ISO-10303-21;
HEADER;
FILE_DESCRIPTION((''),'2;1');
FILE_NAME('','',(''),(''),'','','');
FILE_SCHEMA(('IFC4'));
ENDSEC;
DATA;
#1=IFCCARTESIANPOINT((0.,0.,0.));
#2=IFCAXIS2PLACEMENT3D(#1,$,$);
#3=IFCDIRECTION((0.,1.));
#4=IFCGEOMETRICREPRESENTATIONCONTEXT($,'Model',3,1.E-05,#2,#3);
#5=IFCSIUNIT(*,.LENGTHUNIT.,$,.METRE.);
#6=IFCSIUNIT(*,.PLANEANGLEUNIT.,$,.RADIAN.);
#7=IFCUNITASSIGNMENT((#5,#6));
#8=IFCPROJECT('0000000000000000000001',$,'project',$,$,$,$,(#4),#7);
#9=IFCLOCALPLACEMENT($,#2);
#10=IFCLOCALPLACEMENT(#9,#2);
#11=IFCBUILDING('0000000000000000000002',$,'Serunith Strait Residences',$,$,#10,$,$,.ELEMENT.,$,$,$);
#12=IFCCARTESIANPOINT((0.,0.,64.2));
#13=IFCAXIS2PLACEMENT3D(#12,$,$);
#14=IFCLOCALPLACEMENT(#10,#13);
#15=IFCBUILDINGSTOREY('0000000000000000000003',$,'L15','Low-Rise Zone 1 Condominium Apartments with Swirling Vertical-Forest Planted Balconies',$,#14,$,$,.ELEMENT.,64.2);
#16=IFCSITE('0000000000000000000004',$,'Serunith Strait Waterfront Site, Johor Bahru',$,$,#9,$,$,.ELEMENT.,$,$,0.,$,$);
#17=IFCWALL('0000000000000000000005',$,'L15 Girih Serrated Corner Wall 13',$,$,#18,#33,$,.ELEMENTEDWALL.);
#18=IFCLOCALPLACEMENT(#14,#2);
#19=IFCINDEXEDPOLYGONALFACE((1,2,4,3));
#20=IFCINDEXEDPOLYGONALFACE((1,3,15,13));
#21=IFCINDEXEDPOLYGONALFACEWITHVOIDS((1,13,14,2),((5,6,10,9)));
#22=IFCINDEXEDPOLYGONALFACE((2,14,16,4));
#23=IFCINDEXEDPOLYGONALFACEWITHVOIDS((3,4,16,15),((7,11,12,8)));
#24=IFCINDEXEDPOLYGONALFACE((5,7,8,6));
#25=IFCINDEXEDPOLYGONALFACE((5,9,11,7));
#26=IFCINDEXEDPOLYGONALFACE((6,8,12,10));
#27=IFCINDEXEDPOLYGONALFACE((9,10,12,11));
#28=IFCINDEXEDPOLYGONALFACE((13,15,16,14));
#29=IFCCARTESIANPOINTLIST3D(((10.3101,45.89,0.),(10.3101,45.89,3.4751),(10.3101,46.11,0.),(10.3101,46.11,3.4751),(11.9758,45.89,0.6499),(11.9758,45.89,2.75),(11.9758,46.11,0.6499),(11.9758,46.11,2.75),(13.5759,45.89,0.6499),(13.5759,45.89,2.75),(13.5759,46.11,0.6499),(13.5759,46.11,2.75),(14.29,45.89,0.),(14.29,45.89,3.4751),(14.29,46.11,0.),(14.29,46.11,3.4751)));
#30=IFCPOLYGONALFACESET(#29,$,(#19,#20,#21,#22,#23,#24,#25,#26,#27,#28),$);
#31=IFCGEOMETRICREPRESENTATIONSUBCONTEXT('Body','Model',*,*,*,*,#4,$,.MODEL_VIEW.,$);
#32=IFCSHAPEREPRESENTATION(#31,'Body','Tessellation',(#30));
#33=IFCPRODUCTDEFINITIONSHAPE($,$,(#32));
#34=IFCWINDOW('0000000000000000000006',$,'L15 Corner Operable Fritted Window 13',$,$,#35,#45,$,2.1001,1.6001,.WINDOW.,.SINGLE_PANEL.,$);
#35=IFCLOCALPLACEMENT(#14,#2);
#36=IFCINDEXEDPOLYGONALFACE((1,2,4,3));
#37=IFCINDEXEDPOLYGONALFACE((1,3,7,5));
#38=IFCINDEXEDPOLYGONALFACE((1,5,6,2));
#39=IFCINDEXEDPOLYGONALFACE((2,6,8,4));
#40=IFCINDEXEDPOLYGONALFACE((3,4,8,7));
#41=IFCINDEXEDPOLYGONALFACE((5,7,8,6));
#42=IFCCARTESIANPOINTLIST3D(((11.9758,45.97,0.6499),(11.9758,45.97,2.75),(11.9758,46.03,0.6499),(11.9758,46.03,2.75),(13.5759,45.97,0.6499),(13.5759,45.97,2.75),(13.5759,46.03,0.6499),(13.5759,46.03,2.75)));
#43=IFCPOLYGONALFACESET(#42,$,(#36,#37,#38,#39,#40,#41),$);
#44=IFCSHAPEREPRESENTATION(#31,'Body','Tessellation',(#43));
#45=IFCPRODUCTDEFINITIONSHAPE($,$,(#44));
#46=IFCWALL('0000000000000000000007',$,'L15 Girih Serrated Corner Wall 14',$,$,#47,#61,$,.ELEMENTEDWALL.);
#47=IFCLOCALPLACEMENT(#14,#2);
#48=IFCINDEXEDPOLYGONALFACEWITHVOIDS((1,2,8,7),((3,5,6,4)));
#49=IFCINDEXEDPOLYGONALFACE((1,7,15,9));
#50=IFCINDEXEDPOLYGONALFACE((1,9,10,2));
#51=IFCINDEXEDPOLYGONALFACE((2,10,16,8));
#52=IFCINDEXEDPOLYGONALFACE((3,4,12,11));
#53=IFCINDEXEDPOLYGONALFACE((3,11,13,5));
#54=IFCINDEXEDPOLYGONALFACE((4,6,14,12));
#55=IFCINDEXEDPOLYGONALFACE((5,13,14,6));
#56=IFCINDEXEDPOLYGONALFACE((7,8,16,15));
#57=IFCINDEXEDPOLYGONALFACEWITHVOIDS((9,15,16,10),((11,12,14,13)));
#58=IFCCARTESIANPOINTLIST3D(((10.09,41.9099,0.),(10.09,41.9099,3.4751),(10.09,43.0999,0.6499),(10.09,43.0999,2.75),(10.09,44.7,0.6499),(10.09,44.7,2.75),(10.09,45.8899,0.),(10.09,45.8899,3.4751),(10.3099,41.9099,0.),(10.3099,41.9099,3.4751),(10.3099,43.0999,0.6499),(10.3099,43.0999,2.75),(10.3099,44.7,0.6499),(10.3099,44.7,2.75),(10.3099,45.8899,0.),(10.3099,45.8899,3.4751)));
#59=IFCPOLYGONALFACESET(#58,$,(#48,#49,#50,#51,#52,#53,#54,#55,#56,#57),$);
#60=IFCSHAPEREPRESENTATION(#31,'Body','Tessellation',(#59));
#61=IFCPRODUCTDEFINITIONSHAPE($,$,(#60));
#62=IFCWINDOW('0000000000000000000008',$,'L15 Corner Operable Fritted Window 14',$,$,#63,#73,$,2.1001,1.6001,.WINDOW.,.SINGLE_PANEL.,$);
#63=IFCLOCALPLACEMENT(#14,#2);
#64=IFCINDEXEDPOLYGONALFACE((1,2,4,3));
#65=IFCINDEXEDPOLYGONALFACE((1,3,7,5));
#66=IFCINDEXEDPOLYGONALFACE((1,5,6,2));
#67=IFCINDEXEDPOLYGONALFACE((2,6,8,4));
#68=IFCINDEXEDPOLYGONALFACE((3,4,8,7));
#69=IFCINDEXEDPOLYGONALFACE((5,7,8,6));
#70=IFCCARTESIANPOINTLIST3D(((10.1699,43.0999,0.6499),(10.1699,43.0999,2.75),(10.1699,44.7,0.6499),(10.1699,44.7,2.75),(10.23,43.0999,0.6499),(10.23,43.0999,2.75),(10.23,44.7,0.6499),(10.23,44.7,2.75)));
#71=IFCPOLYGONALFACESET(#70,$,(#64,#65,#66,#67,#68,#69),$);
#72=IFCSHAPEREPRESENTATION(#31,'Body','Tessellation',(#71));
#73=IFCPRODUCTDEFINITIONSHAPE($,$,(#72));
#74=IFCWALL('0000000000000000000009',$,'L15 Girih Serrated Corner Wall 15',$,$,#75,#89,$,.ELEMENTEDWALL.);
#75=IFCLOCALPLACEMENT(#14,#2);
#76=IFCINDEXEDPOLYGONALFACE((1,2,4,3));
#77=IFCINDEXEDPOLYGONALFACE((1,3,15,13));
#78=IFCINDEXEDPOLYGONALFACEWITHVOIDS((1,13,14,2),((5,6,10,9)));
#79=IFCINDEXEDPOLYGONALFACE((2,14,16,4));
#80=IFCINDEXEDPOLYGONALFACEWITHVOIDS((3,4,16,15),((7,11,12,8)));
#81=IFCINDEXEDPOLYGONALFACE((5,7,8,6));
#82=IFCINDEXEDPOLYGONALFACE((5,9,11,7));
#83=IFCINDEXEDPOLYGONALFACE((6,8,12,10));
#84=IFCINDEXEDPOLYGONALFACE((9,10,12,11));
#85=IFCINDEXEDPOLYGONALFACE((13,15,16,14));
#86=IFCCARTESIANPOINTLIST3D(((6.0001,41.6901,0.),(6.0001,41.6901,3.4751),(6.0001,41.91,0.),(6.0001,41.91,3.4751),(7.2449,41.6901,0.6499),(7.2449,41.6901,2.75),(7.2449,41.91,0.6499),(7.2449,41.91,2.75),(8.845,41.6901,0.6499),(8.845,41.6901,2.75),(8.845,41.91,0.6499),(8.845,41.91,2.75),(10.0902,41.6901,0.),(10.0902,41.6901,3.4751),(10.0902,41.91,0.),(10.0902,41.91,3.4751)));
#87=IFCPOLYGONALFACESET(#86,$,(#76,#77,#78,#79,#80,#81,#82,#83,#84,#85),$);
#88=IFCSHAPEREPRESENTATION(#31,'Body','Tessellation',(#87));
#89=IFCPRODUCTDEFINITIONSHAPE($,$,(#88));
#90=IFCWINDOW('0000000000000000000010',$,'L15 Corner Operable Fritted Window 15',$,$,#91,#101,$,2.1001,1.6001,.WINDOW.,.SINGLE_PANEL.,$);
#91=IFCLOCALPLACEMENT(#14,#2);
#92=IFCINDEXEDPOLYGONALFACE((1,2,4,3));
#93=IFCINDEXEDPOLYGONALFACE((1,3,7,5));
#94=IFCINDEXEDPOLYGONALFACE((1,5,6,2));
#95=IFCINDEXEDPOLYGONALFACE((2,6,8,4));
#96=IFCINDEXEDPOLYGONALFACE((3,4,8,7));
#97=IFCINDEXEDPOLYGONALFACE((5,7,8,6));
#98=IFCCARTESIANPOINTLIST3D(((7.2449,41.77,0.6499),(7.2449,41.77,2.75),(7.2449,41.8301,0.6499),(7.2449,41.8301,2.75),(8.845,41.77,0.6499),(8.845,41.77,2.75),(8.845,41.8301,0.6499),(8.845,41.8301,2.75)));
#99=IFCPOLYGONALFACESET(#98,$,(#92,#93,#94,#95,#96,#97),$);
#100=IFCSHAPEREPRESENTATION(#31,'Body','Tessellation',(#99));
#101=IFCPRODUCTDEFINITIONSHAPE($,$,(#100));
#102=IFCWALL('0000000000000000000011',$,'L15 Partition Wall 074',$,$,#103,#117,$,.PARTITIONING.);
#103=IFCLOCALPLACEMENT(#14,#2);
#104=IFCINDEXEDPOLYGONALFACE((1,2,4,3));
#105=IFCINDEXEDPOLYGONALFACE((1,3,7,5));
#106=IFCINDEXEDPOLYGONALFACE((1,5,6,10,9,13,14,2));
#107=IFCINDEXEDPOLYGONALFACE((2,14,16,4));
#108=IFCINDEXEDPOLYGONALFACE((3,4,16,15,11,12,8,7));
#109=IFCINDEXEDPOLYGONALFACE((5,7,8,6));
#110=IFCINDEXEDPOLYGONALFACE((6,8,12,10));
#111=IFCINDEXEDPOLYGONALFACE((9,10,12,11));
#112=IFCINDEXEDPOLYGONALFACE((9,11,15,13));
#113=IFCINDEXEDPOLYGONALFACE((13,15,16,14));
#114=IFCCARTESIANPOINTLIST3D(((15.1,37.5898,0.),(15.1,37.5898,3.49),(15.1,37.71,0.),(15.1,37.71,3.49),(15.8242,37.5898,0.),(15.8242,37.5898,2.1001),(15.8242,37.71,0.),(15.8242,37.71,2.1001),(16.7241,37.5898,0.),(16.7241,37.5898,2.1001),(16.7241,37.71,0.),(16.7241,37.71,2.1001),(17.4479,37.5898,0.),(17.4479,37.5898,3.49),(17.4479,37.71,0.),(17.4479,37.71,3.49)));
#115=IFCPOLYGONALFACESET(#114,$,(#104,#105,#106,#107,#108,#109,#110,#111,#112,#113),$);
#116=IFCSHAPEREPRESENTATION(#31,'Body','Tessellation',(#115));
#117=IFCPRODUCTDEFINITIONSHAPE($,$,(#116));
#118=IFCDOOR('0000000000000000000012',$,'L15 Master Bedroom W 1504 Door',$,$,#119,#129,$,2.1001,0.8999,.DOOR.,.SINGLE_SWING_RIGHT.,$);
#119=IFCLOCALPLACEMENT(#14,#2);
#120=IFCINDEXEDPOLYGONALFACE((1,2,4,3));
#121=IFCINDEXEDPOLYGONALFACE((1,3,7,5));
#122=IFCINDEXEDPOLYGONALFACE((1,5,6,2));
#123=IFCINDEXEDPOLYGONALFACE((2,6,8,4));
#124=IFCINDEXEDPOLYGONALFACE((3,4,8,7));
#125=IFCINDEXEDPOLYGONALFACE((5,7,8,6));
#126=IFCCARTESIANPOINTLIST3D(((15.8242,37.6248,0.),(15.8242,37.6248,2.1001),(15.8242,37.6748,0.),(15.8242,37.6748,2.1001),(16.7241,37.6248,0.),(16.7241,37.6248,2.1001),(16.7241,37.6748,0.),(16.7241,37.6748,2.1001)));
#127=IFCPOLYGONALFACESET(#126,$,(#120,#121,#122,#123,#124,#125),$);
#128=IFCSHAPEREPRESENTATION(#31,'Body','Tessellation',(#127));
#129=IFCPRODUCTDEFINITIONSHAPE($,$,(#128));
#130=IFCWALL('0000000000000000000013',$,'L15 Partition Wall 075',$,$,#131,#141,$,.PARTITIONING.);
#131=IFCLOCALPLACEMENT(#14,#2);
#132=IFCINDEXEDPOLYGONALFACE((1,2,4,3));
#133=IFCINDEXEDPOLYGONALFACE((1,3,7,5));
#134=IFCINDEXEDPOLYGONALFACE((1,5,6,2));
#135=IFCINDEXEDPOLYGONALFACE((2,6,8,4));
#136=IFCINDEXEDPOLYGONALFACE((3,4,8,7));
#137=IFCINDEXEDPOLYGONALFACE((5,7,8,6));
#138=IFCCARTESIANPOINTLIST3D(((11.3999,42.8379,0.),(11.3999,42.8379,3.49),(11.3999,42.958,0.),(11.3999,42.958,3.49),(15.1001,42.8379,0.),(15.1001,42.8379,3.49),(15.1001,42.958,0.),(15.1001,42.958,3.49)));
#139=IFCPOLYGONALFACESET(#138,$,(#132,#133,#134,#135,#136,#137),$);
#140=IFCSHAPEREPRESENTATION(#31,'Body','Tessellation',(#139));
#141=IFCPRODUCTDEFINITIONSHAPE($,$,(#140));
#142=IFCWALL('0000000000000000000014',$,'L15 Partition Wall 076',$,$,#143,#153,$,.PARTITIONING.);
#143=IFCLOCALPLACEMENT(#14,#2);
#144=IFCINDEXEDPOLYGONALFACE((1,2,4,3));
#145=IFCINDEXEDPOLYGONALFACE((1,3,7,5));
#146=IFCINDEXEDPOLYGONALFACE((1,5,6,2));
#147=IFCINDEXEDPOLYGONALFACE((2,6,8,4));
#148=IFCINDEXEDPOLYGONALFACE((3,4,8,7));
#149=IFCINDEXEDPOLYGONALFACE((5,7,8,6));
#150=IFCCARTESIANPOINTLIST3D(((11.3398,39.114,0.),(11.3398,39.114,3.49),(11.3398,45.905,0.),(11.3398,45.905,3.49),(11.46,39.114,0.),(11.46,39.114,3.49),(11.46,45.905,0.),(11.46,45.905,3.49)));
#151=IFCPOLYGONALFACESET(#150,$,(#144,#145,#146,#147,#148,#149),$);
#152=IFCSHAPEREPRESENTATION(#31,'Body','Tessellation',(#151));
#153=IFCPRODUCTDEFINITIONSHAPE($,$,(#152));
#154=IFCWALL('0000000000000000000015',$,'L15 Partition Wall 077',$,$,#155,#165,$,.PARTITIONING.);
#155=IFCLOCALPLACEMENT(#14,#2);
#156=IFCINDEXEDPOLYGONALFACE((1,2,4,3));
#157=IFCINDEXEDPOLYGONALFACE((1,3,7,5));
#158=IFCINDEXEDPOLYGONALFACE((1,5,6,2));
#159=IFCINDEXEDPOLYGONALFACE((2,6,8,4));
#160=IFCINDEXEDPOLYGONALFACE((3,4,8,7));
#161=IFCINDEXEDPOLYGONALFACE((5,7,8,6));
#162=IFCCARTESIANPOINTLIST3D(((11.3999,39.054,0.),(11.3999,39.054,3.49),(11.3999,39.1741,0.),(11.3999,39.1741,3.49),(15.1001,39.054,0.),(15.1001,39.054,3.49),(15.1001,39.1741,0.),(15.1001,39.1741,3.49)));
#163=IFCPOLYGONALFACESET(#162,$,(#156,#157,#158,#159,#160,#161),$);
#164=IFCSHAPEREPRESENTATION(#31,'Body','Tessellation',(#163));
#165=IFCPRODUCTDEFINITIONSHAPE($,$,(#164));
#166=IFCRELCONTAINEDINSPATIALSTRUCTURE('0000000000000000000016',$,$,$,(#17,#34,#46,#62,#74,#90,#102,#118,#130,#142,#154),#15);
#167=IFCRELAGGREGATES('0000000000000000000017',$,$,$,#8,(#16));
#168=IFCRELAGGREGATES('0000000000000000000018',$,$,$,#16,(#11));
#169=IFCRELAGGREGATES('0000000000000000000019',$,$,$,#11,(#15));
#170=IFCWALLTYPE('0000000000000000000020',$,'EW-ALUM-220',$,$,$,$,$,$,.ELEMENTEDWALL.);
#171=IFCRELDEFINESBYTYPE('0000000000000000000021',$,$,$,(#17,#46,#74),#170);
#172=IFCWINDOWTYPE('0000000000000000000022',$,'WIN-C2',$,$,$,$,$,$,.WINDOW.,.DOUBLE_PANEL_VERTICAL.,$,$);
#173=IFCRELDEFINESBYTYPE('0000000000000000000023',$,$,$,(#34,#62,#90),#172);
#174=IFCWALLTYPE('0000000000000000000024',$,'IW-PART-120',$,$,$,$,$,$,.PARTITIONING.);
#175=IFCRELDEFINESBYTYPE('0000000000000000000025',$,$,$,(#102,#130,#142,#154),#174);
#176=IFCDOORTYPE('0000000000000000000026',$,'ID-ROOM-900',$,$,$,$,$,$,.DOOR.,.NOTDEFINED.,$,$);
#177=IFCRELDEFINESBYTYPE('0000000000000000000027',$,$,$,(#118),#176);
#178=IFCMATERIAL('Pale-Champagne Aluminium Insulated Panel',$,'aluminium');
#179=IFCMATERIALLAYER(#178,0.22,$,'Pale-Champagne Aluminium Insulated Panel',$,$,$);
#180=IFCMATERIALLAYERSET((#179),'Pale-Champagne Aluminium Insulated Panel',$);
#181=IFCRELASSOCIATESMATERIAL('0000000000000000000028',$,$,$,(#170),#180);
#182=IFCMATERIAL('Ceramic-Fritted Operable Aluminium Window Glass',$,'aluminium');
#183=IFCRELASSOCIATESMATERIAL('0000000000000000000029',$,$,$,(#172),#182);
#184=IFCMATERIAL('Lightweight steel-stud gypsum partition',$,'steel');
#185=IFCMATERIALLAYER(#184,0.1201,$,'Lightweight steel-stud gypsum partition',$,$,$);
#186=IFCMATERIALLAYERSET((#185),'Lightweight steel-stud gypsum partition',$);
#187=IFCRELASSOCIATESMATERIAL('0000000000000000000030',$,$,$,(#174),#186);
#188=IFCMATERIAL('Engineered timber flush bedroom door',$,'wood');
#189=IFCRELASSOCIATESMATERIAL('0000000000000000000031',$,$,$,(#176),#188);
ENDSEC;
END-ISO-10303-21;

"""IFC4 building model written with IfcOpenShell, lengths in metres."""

from ifc_helpers import new_model, si_unit, direction, frame, frame_2d, origin, place, context, subcontext, project, spatial, rectangle, extrude, source, transform, mapped, material, layer, layer_set, type_object, element, fill, save


model = new_model("IFC4")

# Units and contexts
model_context = context("Model", 3, precision=1e-05, world=origin(), true_north=direction((0.0, 1.0)))
body_context = subcontext(model_context, "Body", "Model", "MODEL_VIEW")
ifc_project = project(units=[si_unit("LENGTHUNIT", "METRE"), si_unit("PLANEANGLEUNIT", "RADIAN")], contexts=[model_context])

# Site, building, storey
site_placement = place(None, origin())
site = spatial("IfcSite", under=ifc_project, at=site_placement, Name="Serunith Strait Waterfront Site, Johor Bahru", CompositionType="ELEMENT", RefElevation=0.0)
building_placement = place(site_placement, origin())
building = spatial("IfcBuilding", under=site, at=building_placement, Name="Serunith Strait Residences", CompositionType="ELEMENT")
storey_placement = place(building_placement, frame((0.0, 0.0, 64.2)))
storey = spatial("IfcBuildingStorey", under=building, at=storey_placement, Name="L15", Description="Low-Rise Zone 1 Condominium Apartments with Swirling Vertical-Forest Planted Balconies", CompositionType="ELEMENT", Elevation=64.2)

# Walls, openings, windows
ifc_material_1 = material(Name="Pale-Champagne Aluminium Insulated Panel", Category="aluminium")
ifc_layer_1 = layer(ifc_material_1, 0.22, Name="Pale-Champagne Aluminium Insulated Panel")
ifc_layer_set_1 = layer_set([ifc_layer_1], Name="Pale-Champagne Aluminium Insulated Panel")
wall_type_1 = type_object("IfcWallType", Name="EW-ALUM-220", PredefinedType="ELEMENTEDWALL", material=ifc_layer_set_1)
ifc_material_2 = material(Name="Ceramic-Fritted Operable Aluminium Window Glass", Category="aluminium")
window_type = type_object("IfcWindowType", Name="WIN-C2", PartitioningType="DOUBLE_PANEL_VERTICAL", PredefinedType="WINDOW", material=ifc_material_2)
shared_shape_1 = source(origin(), body_context, "Body", "SweptSolid", [
    extrude(rectangle(XDim=1.6001, YDim=2.1001, at=frame_2d((0.8, 1.05))), frame((0.0, 0.03, 0.0), z_axis=(0.0, -1.0, 0.0), x_axis=(1.0, 0.0, 0.0)), (0.0, 0.0, 1.0), 0.0601),
])
wall_1_placement = place(storey_placement, frame((14.29, 46.0, 0.0), z_axis=(0.0, 0.0, 1.0), x_axis=(-1.0, 0.0, 0.0)))
wall_1 = element("IfcWall", 1, at=wall_1_placement, inside=storey, type_object=wall_type_1, Name="L15 Girih Serrated Corner Wall 13", PredefinedType="ELEMENTEDWALL", context=body_context, shape_type="SweptSolid", body=[
    extrude(rectangle(XDim=3.98, YDim=0.22, at=frame_2d((1.99, 0.0))), origin(), (0.0, 0.0, 1.0), 3.4751),
])
opening_1_placement = place(wall_1_placement, frame((0.7141, 0.0, 0.6499)))
opening_1 = element("IfcOpeningElement", 2, at=opening_1_placement, cuts=wall_1, PredefinedType="OPENING", context=body_context, shape_type="SweptSolid", body=[
    extrude(rectangle(XDim=1.6001, YDim=2.1001, at=frame_2d((0.8, 1.05))), frame((0.0, 0.1201, 0.0), z_axis=(0.0, -1.0, 0.0), x_axis=(1.0, 0.0, 0.0)), (0.0, 0.0, 1.0), 0.24),
])
window_1_placement = place(opening_1_placement, origin())
window_1 = element("IfcWindow", 3, at=window_1_placement, inside=storey, type_object=window_type, Name="L15 Corner Operable Fritted Window 13", OverallHeight=2.1001, OverallWidth=1.6001, PartitioningType="SINGLE_PANEL", PredefinedType="WINDOW", context=body_context, shape_type="MappedRepresentation", body=[
    mapped(shared_shape_1, transform((0.0, 0.0, 0.0), scale=1.0)),
])
fill(opening_1, window_1)
wall_2_placement = place(storey_placement, frame((10.2, 45.8899, 0.0), z_axis=(0.0, 0.0, 1.0), x_axis=(0.0, -1.0, 0.0)))
wall_2 = element("IfcWall", 4, at=wall_2_placement, inside=storey, type_object=wall_type_1, Name="L15 Girih Serrated Corner Wall 14", PredefinedType="ELEMENTEDWALL", context=body_context, shape_type="SweptSolid", body=[
    extrude(rectangle(XDim=3.98, YDim=0.22, at=frame_2d((1.99, 0.0))), origin(), (0.0, 0.0, 1.0), 3.4751),
])
opening_2_placement = place(wall_2_placement, frame((1.1899, 0.0, 0.6499)))
opening_2 = element("IfcOpeningElement", 5, at=opening_2_placement, cuts=wall_2, PredefinedType="OPENING", context=body_context, shape_type="SweptSolid", body=[
    extrude(rectangle(XDim=1.6001, YDim=2.1001, at=frame_2d((0.8, 1.05))), frame((0.0, 0.1201, 0.0), z_axis=(0.0, -1.0, 0.0), x_axis=(1.0, 0.0, 0.0)), (0.0, 0.0, 1.0), 0.24),
])
window_2_placement = place(opening_2_placement, origin())
window_2 = element("IfcWindow", 6, at=window_2_placement, inside=storey, type_object=window_type, Name="L15 Corner Operable Fritted Window 14", OverallHeight=2.1001, OverallWidth=1.6001, PartitioningType="SINGLE_PANEL", PredefinedType="WINDOW", context=body_context, shape_type="MappedRepresentation", body=[
    mapped(shared_shape_1, transform((0.0, 0.0, 0.0), scale=1.0)),
])
fill(opening_2, window_2)
wall_3_placement = place(storey_placement, frame((10.0901, 41.8, 0.0), z_axis=(0.0, 0.0, 1.0), x_axis=(-1.0, 0.0, 0.0)))
wall_3 = element("IfcWall", 7, at=wall_3_placement, inside=storey, type_object=wall_type_1, Name="L15 Girih Serrated Corner Wall 15", PredefinedType="ELEMENTEDWALL", context=body_context, shape_type="SweptSolid", body=[
    extrude(rectangle(XDim=4.0901, YDim=0.22, at=frame_2d((2.0449, 0.0))), origin(), (0.0, 0.0, 1.0), 3.4751),
])
opening_3_placement = place(wall_3_placement, frame((1.2451, 0.0, 0.6499)))
opening_3 = element("IfcOpeningElement", 8, at=opening_3_placement, cuts=wall_3, PredefinedType="OPENING", context=body_context, shape_type="SweptSolid", body=[
    extrude(rectangle(XDim=1.6001, YDim=2.1001, at=frame_2d((0.8, 1.05))), frame((0.0, 0.1201, 0.0), z_axis=(0.0, -1.0, 0.0), x_axis=(1.0, 0.0, 0.0)), (0.0, 0.0, 1.0), 0.24),
])
window_3_placement = place(opening_3_placement, origin())
window_3 = element("IfcWindow", 9, at=window_3_placement, inside=storey, type_object=window_type, Name="L15 Corner Operable Fritted Window 15", OverallHeight=2.1001, OverallWidth=1.6001, PartitioningType="SINGLE_PANEL", PredefinedType="WINDOW", context=body_context, shape_type="MappedRepresentation", body=[
    mapped(shared_shape_1, transform((0.0, 0.0, 0.0), scale=1.0)),
])
fill(opening_3, window_3)

# Wall, opening, door
ifc_material_3 = material(Name="Lightweight steel-stud gypsum partition", Category="steel")
ifc_layer_2 = layer(ifc_material_3, 0.1201, Name="Lightweight steel-stud gypsum partition")
ifc_layer_set_2 = layer_set([ifc_layer_2], Name="Lightweight steel-stud gypsum partition")
wall_type_2 = type_object("IfcWallType", Name="IW-PART-120", PredefinedType="PARTITIONING", material=ifc_layer_set_2)
wall_4_placement = place(storey_placement, frame((15.1001, 37.6499, 0.0), z_axis=(0.0, 0.0, 1.0), x_axis=(1.0, 0.0, 0.0)))
wall_4 = element("IfcWall", 10, at=wall_4_placement, inside=storey, type_object=wall_type_2, Name="L15 Partition Wall 074", PredefinedType="PARTITIONING", context=body_context, shape_type="SweptSolid", body=[
    extrude(rectangle(XDim=2.3479, YDim=0.1201, at=frame_2d((1.1738, 0.0))), origin(), (0.0, 0.0, 1.0), 3.49),
])
opening_4_placement = place(wall_4_placement, frame((0.7241, 0.0, 0.0)))
opening_4 = element("IfcOpeningElement", 11, at=opening_4_placement, cuts=wall_4, PredefinedType="OPENING", context=body_context, shape_type="SweptSolid", body=[
    extrude(rectangle(XDim=0.8999, YDim=2.1001, at=frame_2d((0.45, 1.05))), frame((0.0, 0.0701, 0.0), z_axis=(0.0, -1.0, 0.0), x_axis=(1.0, 0.0, 0.0)), (0.0, 0.0, 1.0), 0.1401),
])
ifc_material_4 = material(Name="Engineered timber flush bedroom door", Category="wood")
door_type_1 = type_object("IfcDoorType", Name="ID-ROOM-900", OperationType="NOTDEFINED", PredefinedType="DOOR", material=ifc_material_4)
shared_shape_2 = source(origin(), body_context, "Body", "SweptSolid", [
    extrude(rectangle(XDim=0.8999, YDim=2.1001, at=frame_2d((0.45, 1.05))), frame((0.0, 0.0249, 0.0), z_axis=(0.0, -1.0, 0.0), x_axis=(1.0, 0.0, 0.0)), (0.0, 0.0, 1.0), 0.05),
])
door_1_placement = place(opening_4_placement, origin())
door_1 = element("IfcDoor", 12, at=door_1_placement, inside=storey, type_object=door_type_1, Name="L15 Master Bedroom W 1504 Door", OperationType="SINGLE_SWING_RIGHT", OverallHeight=2.1001, OverallWidth=0.8999, PredefinedType="DOOR", context=body_context, shape_type="MappedRepresentation", body=[
    mapped(shared_shape_2, transform((0.0, 0.0, 0.0), scale=1.0)),
])
fill(opening_4, door_1)

# Walls
wall_5_placement = place(storey_placement, frame((11.3999, 42.8979, 0.0), z_axis=(0.0, 0.0, 1.0), x_axis=(1.0, 0.0, 0.0)))
element("IfcWall", 13, at=wall_5_placement, inside=storey, type_object=wall_type_2, Name="L15 Partition Wall 075", PredefinedType="PARTITIONING", context=body_context, shape_type="SweptSolid", body=[
    extrude(rectangle(XDim=3.7002, YDim=0.1201, at=frame_2d((1.8501, 0.0))), origin(), (0.0, 0.0, 1.0), 3.49),
])
wall_6_placement = place(storey_placement, frame((11.3999, 45.905, 0.0), z_axis=(0.0, 0.0, 1.0), x_axis=(0.0, -1.0, 0.0)))
element("IfcWall", 14, at=wall_6_placement, inside=storey, type_object=wall_type_2, Name="L15 Partition Wall 076", PredefinedType="PARTITIONING", context=body_context, shape_type="SweptSolid", body=[
    extrude(rectangle(XDim=6.791, YDim=0.1201, at=frame_2d((3.3955, 0.0))), origin(), (0.0, 0.0, 1.0), 3.49),
])
wall_7_placement = place(storey_placement, frame((11.3999, 39.114, 0.0), z_axis=(0.0, 0.0, 1.0), x_axis=(1.0, 0.0, 0.0)))
element("IfcWall", 15, at=wall_7_placement, inside=storey, type_object=wall_type_2, Name="L15 Partition Wall 077", PredefinedType="PARTITIONING", context=body_context, shape_type="SweptSolid", body=[
    extrude(rectangle(XDim=3.7002, YDim=0.1201, at=frame_2d((1.8501, 0.0))), origin(), (0.0, 0.0, 1.0), 3.49),
])

save(model, "model.ifc")
